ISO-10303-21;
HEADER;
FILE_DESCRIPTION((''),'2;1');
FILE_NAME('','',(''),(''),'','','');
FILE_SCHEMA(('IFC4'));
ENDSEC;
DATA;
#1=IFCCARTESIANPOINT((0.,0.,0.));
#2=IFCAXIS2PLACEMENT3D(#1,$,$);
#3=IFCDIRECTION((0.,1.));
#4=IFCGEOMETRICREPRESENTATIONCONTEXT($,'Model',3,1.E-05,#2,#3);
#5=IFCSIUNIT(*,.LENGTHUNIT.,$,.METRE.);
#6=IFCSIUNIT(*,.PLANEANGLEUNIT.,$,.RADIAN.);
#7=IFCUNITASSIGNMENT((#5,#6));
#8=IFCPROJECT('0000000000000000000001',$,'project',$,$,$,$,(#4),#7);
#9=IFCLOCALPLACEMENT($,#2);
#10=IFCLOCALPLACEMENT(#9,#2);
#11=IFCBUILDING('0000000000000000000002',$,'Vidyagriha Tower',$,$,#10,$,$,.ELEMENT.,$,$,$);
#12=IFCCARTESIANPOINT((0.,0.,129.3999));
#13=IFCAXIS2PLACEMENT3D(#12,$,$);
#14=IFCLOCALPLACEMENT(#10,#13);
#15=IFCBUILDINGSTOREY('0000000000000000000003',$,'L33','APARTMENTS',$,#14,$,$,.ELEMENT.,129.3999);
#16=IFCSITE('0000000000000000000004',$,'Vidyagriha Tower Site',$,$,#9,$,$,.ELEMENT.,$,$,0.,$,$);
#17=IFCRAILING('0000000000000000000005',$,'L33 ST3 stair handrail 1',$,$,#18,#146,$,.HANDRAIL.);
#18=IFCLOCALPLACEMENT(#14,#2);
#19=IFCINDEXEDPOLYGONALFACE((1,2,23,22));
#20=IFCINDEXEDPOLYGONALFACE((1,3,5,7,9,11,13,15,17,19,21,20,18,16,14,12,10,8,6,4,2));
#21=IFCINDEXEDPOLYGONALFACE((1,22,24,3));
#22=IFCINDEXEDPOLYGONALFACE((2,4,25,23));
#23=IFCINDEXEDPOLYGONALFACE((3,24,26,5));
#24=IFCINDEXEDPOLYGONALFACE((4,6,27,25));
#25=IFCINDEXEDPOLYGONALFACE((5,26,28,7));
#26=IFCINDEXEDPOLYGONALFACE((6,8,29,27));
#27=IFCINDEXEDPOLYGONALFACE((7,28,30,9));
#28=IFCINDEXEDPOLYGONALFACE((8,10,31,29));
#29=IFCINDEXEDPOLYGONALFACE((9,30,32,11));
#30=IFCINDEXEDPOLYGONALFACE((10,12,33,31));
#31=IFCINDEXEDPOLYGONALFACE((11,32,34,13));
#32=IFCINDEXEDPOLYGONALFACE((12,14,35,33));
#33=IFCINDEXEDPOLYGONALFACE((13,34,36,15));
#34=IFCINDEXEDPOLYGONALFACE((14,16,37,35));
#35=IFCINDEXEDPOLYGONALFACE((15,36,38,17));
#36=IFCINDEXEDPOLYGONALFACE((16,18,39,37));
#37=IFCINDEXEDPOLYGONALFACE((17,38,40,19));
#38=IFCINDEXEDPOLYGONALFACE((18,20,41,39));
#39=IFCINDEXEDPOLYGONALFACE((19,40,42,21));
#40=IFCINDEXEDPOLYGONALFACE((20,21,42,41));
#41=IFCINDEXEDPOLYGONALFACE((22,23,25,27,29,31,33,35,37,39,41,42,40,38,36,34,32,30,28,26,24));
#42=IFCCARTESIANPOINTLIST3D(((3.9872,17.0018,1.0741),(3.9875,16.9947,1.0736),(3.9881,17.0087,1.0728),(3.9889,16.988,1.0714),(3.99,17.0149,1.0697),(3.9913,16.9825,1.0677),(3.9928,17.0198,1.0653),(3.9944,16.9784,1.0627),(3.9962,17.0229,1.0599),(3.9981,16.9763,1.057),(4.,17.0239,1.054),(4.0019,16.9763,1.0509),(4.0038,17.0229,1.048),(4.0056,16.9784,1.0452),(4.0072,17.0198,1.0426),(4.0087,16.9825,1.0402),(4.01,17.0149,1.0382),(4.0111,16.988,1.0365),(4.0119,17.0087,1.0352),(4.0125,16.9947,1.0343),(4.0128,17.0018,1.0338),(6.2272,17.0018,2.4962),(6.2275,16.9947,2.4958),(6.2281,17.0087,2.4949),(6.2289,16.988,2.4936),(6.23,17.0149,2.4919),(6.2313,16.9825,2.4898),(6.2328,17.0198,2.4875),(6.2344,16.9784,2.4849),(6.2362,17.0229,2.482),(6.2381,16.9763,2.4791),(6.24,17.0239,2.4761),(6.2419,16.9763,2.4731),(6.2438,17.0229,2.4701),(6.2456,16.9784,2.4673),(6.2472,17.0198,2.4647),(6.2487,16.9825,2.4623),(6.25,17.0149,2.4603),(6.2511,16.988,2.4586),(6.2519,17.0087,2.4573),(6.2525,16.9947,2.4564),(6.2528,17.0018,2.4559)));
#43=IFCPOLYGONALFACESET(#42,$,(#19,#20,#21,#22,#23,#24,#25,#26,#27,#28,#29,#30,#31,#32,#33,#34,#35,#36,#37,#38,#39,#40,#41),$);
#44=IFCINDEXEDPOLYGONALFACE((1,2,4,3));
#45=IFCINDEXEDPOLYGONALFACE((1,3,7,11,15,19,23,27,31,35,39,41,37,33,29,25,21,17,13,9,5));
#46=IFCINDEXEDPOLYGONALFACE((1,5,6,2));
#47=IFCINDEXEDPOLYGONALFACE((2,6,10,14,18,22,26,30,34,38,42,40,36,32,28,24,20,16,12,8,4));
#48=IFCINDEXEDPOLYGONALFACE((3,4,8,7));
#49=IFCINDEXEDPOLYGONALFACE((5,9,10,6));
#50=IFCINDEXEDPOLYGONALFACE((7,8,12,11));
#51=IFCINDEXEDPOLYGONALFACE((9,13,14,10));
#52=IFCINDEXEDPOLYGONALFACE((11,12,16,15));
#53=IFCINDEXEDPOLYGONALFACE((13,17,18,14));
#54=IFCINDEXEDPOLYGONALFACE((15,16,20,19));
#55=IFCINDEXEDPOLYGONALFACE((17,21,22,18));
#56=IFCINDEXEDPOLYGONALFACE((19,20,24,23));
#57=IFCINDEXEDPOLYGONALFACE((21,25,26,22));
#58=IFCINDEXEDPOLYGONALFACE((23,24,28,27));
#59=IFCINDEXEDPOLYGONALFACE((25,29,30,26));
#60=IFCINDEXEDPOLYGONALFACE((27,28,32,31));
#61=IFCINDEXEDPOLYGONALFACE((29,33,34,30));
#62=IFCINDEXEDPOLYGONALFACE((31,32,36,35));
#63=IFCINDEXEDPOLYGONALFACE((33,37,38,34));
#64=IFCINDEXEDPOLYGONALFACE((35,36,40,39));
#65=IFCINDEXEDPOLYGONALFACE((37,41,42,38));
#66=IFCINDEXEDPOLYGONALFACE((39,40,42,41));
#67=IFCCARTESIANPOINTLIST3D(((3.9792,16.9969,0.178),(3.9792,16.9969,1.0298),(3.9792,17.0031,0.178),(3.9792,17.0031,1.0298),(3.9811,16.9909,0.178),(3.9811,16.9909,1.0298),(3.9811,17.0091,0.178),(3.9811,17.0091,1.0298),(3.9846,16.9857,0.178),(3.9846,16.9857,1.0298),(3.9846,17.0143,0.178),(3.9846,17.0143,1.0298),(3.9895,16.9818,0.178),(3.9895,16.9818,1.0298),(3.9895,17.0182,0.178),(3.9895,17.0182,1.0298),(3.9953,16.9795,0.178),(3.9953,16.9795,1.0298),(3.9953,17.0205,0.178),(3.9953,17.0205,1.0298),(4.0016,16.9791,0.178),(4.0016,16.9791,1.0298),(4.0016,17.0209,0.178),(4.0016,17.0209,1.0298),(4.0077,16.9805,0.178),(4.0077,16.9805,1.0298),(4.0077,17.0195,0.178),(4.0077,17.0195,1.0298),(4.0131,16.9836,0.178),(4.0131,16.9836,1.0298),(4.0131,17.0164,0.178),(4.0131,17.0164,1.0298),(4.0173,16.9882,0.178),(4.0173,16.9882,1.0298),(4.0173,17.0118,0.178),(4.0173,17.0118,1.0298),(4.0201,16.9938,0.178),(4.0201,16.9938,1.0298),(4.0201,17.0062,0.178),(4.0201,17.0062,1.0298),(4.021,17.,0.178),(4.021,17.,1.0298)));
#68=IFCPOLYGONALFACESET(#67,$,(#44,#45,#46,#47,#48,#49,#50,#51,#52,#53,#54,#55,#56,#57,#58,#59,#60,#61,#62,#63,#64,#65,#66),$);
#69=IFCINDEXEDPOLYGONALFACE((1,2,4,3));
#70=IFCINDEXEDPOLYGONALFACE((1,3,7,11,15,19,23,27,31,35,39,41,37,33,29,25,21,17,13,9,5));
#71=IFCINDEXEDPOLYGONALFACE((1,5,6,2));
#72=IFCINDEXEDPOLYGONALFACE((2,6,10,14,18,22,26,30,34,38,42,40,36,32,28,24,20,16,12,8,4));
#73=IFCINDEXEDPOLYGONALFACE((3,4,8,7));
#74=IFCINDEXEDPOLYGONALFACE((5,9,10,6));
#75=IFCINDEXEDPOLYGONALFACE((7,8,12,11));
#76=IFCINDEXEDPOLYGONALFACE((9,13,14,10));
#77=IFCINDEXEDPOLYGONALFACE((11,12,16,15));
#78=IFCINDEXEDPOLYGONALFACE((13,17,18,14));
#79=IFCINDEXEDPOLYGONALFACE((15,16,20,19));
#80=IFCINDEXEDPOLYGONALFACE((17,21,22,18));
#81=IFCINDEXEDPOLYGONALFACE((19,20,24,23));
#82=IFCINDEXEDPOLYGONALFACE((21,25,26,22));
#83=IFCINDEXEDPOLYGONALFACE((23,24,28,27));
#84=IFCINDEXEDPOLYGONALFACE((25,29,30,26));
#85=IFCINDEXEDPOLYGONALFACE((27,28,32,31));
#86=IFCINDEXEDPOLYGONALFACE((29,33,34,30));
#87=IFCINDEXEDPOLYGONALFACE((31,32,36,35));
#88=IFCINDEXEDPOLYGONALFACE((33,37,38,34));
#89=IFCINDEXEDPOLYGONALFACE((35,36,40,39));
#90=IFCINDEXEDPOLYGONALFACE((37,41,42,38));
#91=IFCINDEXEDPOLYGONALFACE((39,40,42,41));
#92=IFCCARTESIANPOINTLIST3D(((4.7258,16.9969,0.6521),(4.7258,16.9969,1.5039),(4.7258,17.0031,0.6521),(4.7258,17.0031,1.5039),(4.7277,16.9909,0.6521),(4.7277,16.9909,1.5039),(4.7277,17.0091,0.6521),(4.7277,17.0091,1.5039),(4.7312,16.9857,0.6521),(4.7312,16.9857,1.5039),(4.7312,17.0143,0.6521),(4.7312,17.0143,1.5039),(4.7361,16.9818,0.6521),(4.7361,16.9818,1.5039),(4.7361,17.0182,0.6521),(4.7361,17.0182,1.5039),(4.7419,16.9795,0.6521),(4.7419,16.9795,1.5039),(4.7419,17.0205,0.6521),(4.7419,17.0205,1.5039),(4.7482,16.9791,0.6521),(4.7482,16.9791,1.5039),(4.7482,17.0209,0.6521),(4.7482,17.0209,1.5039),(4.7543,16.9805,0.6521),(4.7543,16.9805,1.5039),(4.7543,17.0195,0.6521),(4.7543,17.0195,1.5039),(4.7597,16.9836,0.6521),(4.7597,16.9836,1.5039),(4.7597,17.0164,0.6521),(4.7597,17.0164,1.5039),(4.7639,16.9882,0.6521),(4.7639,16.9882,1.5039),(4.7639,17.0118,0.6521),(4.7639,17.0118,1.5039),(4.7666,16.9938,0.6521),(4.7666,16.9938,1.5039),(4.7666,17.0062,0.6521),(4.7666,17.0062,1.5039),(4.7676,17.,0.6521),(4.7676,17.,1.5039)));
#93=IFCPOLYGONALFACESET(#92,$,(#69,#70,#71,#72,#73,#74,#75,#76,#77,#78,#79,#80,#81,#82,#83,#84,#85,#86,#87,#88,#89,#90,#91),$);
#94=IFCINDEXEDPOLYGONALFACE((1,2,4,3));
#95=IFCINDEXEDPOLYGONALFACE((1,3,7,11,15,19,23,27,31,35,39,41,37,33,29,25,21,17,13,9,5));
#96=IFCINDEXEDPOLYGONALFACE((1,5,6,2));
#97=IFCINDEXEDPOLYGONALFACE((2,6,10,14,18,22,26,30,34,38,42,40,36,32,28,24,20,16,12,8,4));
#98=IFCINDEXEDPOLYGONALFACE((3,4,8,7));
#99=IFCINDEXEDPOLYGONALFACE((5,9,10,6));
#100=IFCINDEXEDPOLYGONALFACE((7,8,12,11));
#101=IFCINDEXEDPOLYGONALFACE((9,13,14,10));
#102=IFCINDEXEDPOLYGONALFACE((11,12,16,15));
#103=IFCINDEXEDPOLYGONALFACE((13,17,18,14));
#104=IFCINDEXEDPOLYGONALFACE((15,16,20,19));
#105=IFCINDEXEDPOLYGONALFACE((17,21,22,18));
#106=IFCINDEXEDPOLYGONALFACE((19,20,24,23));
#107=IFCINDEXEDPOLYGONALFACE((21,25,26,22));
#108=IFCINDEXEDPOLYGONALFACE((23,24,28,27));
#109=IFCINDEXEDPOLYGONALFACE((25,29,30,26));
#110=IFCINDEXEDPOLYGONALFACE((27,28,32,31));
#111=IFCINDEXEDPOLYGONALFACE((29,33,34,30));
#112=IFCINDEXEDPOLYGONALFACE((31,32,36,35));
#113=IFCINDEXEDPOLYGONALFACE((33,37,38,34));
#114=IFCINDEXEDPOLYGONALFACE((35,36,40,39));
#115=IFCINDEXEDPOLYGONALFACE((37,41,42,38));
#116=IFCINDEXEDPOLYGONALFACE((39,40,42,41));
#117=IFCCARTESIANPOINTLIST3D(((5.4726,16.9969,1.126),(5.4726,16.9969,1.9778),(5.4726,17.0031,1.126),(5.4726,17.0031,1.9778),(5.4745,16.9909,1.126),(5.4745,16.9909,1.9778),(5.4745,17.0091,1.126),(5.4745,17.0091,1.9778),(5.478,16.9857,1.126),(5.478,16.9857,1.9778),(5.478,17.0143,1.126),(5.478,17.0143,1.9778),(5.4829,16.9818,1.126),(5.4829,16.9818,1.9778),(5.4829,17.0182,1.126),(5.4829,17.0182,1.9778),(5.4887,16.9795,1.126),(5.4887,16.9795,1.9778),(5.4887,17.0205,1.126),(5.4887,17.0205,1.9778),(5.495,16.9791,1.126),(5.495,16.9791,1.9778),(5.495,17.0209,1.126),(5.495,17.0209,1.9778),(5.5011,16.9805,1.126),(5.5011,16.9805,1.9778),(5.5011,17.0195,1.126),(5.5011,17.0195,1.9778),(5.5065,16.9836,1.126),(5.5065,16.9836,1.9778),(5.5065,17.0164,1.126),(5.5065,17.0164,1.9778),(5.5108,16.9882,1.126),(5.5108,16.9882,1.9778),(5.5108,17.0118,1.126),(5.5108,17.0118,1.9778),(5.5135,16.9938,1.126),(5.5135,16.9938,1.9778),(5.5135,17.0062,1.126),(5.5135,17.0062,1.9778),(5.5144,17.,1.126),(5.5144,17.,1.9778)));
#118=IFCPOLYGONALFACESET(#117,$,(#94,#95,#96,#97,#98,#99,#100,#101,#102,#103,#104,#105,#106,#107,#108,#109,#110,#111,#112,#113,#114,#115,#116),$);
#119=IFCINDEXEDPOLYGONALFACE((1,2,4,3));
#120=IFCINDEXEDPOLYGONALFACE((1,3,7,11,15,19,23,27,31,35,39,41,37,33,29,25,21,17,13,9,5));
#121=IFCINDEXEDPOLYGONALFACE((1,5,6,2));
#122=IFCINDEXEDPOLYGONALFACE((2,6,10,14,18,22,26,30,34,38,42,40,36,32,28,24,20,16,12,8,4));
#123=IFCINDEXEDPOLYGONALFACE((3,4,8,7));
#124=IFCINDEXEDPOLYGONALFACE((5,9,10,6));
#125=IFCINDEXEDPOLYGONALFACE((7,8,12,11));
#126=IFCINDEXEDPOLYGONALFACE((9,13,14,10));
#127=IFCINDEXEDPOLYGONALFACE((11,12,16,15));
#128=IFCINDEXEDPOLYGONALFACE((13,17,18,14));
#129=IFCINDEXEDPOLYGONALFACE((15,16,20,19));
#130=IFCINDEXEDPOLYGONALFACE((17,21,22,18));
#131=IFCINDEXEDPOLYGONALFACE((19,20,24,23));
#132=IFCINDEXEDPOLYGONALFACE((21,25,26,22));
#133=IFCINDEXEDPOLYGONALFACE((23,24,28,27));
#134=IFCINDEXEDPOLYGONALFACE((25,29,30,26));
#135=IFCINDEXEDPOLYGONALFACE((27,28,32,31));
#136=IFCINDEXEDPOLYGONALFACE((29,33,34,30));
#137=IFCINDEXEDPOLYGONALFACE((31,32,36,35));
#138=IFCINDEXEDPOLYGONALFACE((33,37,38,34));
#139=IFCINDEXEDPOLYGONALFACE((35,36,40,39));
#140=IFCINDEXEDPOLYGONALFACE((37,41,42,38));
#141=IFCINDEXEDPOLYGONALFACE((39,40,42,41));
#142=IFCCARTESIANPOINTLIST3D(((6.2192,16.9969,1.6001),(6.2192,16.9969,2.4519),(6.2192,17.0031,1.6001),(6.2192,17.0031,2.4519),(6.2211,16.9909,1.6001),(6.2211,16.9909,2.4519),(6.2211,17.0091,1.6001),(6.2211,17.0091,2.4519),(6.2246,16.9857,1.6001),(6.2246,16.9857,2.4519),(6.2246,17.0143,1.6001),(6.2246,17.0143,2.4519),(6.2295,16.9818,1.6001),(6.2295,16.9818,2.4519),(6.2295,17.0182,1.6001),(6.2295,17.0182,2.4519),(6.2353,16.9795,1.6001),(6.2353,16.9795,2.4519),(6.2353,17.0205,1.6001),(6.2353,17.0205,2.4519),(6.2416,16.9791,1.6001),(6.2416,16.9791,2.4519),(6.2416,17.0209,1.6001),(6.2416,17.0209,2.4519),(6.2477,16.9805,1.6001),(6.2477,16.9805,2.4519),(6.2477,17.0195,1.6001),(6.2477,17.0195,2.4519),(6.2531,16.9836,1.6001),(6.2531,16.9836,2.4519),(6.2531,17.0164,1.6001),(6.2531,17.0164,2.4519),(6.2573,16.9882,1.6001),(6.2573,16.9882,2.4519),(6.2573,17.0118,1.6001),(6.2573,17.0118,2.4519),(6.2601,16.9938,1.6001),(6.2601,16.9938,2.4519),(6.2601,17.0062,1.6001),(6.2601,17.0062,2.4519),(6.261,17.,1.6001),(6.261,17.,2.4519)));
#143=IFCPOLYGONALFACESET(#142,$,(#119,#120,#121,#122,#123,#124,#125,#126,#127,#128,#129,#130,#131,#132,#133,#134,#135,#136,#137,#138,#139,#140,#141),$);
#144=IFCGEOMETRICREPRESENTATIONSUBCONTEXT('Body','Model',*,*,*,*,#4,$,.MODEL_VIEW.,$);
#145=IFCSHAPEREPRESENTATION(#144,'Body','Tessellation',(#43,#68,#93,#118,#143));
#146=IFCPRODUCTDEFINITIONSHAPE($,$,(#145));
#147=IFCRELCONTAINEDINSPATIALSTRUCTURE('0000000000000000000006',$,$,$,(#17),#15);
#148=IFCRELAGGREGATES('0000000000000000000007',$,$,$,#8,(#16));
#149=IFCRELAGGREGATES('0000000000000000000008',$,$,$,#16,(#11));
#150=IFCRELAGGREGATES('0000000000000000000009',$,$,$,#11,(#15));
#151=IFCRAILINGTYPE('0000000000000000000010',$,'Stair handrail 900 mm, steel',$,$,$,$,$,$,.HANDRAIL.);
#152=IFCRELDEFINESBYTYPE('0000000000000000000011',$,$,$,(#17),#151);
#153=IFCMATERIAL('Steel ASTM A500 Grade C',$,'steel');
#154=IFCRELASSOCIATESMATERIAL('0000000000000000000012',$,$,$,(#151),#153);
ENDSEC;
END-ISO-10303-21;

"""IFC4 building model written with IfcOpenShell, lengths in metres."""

from ifc_helpers import new_model, si_unit, direction, frame, origin, origin_2d, place, context, subcontext, project, spatial, circle, extrude, material, type_object, element, save


model = new_model("IFC4")

# Units and contexts
model_context = context("Model", 3, precision=1e-05, world=origin(), true_north=direction((0.0, 1.0)))
body_context = subcontext(model_context, "Body", "Model", "MODEL_VIEW")
ifc_project = project(units=[si_unit("LENGTHUNIT", "METRE"), si_unit("PLANEANGLEUNIT", "RADIAN")], contexts=[model_context])

# Site, building, storey
site_placement = place(None, origin())
site = spatial("IfcSite", under=ifc_project, at=site_placement, Name="Vidyagriha Tower Site", CompositionType="ELEMENT", RefElevation=0.0)
building_placement = place(site_placement, origin())
building = spatial("IfcBuilding", under=site, at=building_placement, Name="Vidyagriha Tower", CompositionType="ELEMENT")
storey_placement = place(building_placement, frame((0.0, 0.0, 129.3999)))
storey = spatial("IfcBuildingStorey", under=building, at=storey_placement, Name="L33", Description="APARTMENTS", CompositionType="ELEMENT", Elevation=129.3999)

# Railing
ifc_material_1 = material(Name="Steel ASTM A500 Grade C", Category="steel")
railing_type_1 = type_object("IfcRailingType", Name="Stair handrail 900 mm, steel", PredefinedType="HANDRAIL", material=ifc_material_1)
railing_1_placement = place(storey_placement, frame((4.0, 17.0, 0.178)))
element("IfcRailing", 1, at=railing_1_placement, inside=storey, type_object=railing_type_1, Name="L33 ST3 stair handrail 1", PredefinedType="HANDRAIL", context=body_context, shape_type="SweptSolid", body=[
    extrude(circle(Radius=0.0239, at=origin_2d()), frame((0.0, 0.0, 0.876), z_axis=(0.844229, 0.0, 0.535982), x_axis=(0.0, 1.0, 0.0)), (0.0, 0.0, 1.0), 2.6533),
    extrude(circle(Radius=0.021, at=origin_2d()), origin(), (0.0, 0.0, 1.0), 0.8518),
    extrude(circle(Radius=0.021, at=origin_2d()), frame((0.7466, 0.0, 0.4741)), (0.0, 0.0, 1.0), 0.8518),
    extrude(circle(Radius=0.021, at=origin_2d()), frame((1.4934, 0.0, 0.948)), (0.0, 0.0, 1.0), 0.8518),
    extrude(circle(Radius=0.021, at=origin_2d()), frame((2.24, 0.0, 1.4221)), (0.0, 0.0, 1.0), 0.8518),
])

save(model, "model.ifc")
